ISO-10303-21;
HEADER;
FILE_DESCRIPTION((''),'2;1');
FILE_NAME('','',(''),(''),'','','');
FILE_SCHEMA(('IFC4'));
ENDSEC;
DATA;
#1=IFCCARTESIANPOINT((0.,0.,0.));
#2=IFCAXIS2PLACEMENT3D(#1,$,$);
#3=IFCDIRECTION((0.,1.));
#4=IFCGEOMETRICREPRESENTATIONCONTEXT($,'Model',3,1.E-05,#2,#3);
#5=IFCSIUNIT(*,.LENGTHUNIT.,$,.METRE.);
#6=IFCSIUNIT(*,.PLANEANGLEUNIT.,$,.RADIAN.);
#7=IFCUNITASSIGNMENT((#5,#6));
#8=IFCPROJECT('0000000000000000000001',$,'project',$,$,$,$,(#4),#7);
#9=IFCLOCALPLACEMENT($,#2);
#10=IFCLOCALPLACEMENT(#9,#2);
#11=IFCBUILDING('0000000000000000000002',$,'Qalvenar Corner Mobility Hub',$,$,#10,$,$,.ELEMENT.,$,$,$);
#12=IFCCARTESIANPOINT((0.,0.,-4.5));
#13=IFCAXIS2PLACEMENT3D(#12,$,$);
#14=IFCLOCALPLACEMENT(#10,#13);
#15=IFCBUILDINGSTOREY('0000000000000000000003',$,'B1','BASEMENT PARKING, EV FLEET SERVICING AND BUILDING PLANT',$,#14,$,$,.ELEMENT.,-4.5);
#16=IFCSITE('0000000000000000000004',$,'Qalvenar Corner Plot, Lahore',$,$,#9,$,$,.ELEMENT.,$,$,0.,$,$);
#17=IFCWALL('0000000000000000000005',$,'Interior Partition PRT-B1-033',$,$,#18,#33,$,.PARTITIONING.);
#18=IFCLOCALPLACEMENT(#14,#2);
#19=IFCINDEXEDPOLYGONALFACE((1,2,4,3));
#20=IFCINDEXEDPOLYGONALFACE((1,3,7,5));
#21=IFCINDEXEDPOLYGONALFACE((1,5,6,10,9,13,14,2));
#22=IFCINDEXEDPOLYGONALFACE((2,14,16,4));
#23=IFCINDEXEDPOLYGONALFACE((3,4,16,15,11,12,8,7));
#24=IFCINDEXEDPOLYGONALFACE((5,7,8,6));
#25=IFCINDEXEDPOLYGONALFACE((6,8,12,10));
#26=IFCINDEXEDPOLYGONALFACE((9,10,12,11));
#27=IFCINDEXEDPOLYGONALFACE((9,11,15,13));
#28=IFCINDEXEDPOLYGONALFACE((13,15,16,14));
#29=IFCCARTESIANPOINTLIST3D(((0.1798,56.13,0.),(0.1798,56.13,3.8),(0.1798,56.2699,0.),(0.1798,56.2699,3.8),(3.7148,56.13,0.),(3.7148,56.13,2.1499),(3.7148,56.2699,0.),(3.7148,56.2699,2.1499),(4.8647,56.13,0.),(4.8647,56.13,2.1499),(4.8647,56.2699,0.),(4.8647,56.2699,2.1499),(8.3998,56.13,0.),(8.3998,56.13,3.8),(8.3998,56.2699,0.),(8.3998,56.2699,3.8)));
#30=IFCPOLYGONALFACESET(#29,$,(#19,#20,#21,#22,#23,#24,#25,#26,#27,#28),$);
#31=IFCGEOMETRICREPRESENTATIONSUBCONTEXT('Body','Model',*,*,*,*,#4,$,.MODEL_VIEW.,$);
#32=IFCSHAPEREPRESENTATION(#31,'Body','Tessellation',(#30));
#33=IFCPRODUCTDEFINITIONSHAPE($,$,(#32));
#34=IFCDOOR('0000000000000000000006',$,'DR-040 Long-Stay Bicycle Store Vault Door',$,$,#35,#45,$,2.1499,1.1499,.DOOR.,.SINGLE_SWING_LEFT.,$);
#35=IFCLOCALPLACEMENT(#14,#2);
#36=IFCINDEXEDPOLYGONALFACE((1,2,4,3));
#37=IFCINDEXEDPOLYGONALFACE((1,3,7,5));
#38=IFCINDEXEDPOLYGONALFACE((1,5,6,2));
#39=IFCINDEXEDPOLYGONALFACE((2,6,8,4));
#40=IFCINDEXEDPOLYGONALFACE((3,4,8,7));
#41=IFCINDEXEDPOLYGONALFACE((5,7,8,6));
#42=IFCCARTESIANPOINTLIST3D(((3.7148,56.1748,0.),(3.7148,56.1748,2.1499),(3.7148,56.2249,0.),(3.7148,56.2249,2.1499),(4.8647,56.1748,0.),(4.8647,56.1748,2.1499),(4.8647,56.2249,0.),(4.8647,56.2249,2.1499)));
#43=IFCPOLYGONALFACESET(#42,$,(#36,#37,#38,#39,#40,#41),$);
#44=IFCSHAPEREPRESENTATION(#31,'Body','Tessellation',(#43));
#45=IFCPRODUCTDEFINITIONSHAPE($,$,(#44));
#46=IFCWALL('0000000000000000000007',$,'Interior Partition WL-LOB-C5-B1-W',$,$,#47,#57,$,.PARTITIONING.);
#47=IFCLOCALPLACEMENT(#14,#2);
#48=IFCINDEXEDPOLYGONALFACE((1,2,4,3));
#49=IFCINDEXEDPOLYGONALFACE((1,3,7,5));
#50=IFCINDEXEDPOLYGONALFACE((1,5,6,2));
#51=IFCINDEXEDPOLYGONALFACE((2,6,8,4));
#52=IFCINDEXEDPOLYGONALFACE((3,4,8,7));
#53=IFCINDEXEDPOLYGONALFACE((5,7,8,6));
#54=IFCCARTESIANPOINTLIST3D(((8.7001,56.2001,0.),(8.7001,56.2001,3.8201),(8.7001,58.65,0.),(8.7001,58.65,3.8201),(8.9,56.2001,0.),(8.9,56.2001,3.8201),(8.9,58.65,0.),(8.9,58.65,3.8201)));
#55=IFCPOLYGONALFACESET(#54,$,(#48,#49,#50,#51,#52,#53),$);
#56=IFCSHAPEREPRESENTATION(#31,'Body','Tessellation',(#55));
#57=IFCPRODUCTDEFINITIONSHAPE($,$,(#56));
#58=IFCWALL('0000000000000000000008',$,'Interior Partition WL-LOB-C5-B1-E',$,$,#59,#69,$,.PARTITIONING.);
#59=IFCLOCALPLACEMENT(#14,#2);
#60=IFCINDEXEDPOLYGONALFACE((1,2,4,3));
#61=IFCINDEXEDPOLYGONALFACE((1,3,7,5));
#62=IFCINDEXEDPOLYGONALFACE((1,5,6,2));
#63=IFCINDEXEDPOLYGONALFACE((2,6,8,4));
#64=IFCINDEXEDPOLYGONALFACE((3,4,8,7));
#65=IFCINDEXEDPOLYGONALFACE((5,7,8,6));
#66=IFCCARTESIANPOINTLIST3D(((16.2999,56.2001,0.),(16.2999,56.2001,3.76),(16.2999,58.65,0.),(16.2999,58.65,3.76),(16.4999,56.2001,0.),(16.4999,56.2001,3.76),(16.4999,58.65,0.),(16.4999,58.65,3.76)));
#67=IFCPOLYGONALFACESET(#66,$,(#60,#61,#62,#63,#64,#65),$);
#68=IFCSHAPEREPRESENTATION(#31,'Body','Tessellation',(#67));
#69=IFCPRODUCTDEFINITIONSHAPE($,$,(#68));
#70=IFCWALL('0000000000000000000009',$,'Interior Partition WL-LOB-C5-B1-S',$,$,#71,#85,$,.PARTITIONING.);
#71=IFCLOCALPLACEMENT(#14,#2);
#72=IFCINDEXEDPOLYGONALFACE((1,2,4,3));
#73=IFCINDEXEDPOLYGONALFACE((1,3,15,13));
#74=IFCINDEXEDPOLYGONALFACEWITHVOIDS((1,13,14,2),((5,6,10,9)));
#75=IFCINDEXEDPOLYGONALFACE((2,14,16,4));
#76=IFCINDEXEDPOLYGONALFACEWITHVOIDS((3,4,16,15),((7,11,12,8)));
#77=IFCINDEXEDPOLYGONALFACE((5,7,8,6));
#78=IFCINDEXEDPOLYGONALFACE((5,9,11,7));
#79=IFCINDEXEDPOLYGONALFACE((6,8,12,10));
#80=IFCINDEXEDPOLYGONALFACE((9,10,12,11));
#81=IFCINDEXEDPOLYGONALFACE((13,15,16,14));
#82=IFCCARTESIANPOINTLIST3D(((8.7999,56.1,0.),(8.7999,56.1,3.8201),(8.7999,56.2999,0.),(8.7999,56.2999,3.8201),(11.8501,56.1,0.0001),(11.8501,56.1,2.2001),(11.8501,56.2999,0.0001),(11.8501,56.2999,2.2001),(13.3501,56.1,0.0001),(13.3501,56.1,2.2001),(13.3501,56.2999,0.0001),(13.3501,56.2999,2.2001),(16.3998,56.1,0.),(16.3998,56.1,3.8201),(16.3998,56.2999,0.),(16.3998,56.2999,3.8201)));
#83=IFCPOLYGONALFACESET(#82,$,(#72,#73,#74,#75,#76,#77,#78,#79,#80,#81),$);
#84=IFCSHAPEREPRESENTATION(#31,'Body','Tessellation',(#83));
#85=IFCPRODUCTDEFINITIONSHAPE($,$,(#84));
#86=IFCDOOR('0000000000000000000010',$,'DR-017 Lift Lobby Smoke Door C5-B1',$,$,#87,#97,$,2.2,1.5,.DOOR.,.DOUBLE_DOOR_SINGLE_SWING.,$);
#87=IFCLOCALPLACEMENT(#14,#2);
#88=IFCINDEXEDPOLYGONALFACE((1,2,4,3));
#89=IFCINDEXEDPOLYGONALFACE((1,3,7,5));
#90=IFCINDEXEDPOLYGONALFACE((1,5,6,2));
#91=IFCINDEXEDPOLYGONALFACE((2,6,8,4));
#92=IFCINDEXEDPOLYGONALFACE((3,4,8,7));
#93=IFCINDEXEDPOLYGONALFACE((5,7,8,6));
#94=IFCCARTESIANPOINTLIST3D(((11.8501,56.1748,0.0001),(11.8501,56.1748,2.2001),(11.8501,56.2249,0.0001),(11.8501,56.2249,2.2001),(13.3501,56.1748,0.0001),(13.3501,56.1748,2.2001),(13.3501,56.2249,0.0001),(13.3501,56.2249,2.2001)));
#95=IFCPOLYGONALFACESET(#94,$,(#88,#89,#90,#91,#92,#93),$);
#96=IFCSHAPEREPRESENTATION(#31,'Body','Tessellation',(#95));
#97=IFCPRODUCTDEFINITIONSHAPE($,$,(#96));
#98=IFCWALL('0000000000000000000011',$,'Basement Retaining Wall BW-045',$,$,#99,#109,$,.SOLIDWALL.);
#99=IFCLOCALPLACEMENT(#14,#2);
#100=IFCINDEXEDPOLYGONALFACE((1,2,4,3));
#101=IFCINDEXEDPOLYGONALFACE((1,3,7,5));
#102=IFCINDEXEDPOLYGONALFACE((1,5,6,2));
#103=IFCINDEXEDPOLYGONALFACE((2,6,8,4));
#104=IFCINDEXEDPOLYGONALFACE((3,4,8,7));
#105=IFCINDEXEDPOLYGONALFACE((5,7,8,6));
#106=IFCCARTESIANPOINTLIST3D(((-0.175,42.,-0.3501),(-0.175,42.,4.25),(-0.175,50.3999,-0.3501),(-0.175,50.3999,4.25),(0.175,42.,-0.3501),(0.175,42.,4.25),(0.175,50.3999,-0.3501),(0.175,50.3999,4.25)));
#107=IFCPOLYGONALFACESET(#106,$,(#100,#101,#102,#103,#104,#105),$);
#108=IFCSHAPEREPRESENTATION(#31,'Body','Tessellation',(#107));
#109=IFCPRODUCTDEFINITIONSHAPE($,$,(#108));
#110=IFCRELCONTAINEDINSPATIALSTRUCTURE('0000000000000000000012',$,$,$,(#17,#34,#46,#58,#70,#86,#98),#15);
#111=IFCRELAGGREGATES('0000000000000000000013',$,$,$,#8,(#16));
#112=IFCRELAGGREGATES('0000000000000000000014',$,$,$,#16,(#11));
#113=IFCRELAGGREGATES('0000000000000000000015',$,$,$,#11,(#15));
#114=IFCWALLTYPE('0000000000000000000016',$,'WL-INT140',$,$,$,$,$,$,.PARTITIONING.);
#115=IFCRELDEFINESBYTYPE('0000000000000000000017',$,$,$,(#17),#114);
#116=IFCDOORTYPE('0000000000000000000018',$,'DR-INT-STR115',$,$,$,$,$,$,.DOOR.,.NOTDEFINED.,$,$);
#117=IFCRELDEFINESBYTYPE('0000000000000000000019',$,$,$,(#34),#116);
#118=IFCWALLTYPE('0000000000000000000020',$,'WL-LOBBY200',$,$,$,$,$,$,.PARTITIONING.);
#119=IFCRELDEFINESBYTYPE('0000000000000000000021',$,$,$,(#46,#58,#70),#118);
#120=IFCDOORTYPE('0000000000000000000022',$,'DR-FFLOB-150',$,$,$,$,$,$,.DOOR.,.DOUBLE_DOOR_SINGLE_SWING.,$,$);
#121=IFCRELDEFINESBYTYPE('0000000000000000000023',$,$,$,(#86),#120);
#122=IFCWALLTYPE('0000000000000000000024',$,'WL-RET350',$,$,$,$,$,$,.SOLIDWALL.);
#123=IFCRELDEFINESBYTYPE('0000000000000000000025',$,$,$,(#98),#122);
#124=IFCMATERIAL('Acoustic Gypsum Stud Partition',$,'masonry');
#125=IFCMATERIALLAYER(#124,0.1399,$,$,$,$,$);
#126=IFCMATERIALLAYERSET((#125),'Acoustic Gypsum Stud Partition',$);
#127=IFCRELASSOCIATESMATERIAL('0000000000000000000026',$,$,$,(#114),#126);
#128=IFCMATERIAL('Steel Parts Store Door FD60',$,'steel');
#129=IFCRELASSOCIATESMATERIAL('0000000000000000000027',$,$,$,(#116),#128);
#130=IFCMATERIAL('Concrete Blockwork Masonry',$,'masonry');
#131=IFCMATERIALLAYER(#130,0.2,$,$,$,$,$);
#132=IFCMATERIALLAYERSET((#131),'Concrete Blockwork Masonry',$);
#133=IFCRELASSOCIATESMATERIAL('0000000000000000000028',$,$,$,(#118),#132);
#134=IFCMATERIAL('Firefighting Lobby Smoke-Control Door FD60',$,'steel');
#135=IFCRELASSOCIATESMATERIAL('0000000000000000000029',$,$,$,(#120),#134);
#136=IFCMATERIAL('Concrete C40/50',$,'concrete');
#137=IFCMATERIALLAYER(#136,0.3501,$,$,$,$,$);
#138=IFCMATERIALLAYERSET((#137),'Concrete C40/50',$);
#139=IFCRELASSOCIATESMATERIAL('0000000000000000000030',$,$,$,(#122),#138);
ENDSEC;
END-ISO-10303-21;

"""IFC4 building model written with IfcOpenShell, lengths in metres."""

from ifc_helpers import new_model, si_unit, direction, frame, frame_2d, origin, place, context, subcontext, project, spatial, rectangle, extrude, material, layer, layer_set, type_object, element, fill, save


model = new_model("IFC4")

# Units and contexts
model_context = context("Model", 3, precision=1e-05, world=origin(), true_north=direction((0.0, 1.0)))
body_context = subcontext(model_context, "Body", "Model", "MODEL_VIEW")
ifc_project = project(units=[si_unit("LENGTHUNIT", "METRE"), si_unit("PLANEANGLEUNIT", "RADIAN")], contexts=[model_context])

# Site, building, storey
site_placement = place(None, origin())
site = spatial("IfcSite", under=ifc_project, at=site_placement, Name="Qalvenar Corner Plot, Lahore", CompositionType="ELEMENT", RefElevation=0.0)
building_placement = place(site_placement, origin())
building = spatial("IfcBuilding", under=site, at=building_placement, Name="Qalvenar Corner Mobility Hub", CompositionType="ELEMENT")
storey_placement = place(building_placement, frame((0.0, 0.0, -4.5)))
storey = spatial("IfcBuildingStorey", under=building, at=storey_placement, Name="B1", Description="BASEMENT PARKING, EV FLEET SERVICING AND BUILDING PLANT", CompositionType="ELEMENT", Elevation=-4.5)

# Shared definitions
ifc_material_1 = material(Name="Concrete C40/50", Category="concrete")

# Shared definitions
ifc_material_2 = material(Name="Acoustic Gypsum Stud Partition", Category="masonry")
ifc_layer_1 = layer(ifc_material_2, 0.1399)
ifc_layer_set_1 = layer_set([ifc_layer_1], Name="Acoustic Gypsum Stud Partition")
wall_type_1 = type_object("IfcWallType", Name="WL-INT140", PredefinedType="PARTITIONING", material=ifc_layer_set_1)

# Wall, opening, door
wall_1_placement = place(storey_placement, frame((0.1799, 56.2, 0.0), z_axis=(0.0, 0.0, 1.0), x_axis=(1.0, 0.0, 0.0)))
wall_1 = element("IfcWall", 1, at=wall_1_placement, inside=storey, type_object=wall_type_1, Name="Interior Partition PRT-B1-033", PredefinedType="PARTITIONING", context=body_context, shape_type="SweptSolid", body=[
    extrude(rectangle(XDim=8.22, YDim=0.1399, at=frame_2d((4.1099, 0.0))), origin(), (0.0, 0.0, 1.0), 3.8),
])
opening_1_placement = place(wall_1_placement, frame((3.5349, 0.0, 0.0)))
opening_1 = element("IfcOpeningElement", 2, at=opening_1_placement, cuts=wall_1, PredefinedType="OPENING", context=body_context, shape_type="SweptSolid", body=[
    extrude(rectangle(XDim=1.1499, YDim=2.1499, at=frame_2d((0.575, 1.075))), frame((0.0, 0.0801, 0.0), z_axis=(0.0, -1.0, 0.0), x_axis=(1.0, 0.0, 0.0)), (0.0, 0.0, 1.0), 0.1599),
])
ifc_material_3 = material(Name="Steel Parts Store Door FD60", Category="steel")
door_type_1 = type_object("IfcDoorType", Name="DR-INT-STR115", OperationType="NOTDEFINED", PredefinedType="DOOR", material=ifc_material_3)
door_1_placement = place(opening_1_placement, origin())
door_1 = element("IfcDoor", 3, at=door_1_placement, inside=storey, type_object=door_type_1, Name="DR-040 Long-Stay Bicycle Store Vault Door", OperationType="SINGLE_SWING_LEFT", OverallHeight=2.1499, OverallWidth=1.1499, PredefinedType="DOOR", context=body_context, shape_type="SweptSolid", body=[
    extrude(rectangle(XDim=1.1499, YDim=2.1499, at=frame_2d((0.575, 1.075))), frame((0.0, 0.0249, 0.0), z_axis=(0.0, -1.0, 0.0), x_axis=(1.0, 0.0, 0.0)), (0.0, 0.0, 1.0), 0.05),
])
fill(opening_1, door_1)

# Walls
ifc_material_4 = material(Name="Concrete Blockwork Masonry", Category="masonry")
ifc_layer_2 = layer(ifc_material_4, 0.2)
ifc_layer_set_2 = layer_set([ifc_layer_2], Name="Concrete Blockwork Masonry")
wall_type_2 = type_object("IfcWallType", Name="WL-LOBBY200", PredefinedType="PARTITIONING", material=ifc_layer_set_2)
wall_2_placement = place(storey_placement, frame((8.8, 56.2, 0.0), z_axis=(0.0, 0.0, 1.0), x_axis=(0.0, 1.0, 0.0)))
element("IfcWall", 4, at=wall_2_placement, inside=storey, type_object=wall_type_2, Name="Interior Partition WL-LOB-C5-B1-W", PredefinedType="PARTITIONING", context=body_context, shape_type="SweptSolid", body=[
    extrude(rectangle(XDim=2.45, YDim=0.2, at=frame_2d((1.2251, 0.0))), origin(), (0.0, 0.0, 1.0), 3.8201),
])
wall_3_placement = place(storey_placement, frame((16.3999, 56.2, 0.0), z_axis=(0.0, 0.0, 1.0), x_axis=(0.0, 1.0, 0.0)))
element("IfcWall", 5, at=wall_3_placement, inside=storey, type_object=wall_type_2, Name="Interior Partition WL-LOB-C5-B1-E", PredefinedType="PARTITIONING", context=body_context, shape_type="SweptSolid", body=[
    extrude(rectangle(XDim=2.45, YDim=0.2, at=frame_2d((1.2251, 0.0))), origin(), (0.0, 0.0, 1.0), 3.76),
])

# Wall, opening, door
wall_4_placement = place(storey_placement, frame((8.8, 56.2, 0.0), z_axis=(0.0, 0.0, 1.0), x_axis=(1.0, 0.0, 0.0)))
wall_4 = element("IfcWall", 6, at=wall_4_placement, inside=storey, type_object=wall_type_2, Name="Interior Partition WL-LOB-C5-B1-S", PredefinedType="PARTITIONING", context=body_context, shape_type="SweptSolid", body=[
    extrude(rectangle(XDim=7.5999, YDim=0.2, at=frame_2d((3.7998, 0.0))), origin(), (0.0, 0.0, 1.0), 3.8201),
])
opening_2_placement = place(wall_4_placement, frame((3.05, 0.0, 0.0)))
opening_2 = element("IfcOpeningElement", 7, at=opening_2_placement, cuts=wall_4, PredefinedType="OPENING", context=body_context, shape_type="SweptSolid", body=[
    extrude(rectangle(XDim=1.5, YDim=2.2, at=frame_2d((0.75, 1.1001))), frame((0.0, 0.1099, 0.0), z_axis=(0.0, -1.0, 0.0), x_axis=(1.0, 0.0, 0.0)), (0.0, 0.0, 1.0), 0.22),
])
ifc_material_5 = material(Name="Firefighting Lobby Smoke-Control Door FD60", Category="steel")
door_type_2 = type_object("IfcDoorType", Name="DR-FFLOB-150", OperationType="DOUBLE_DOOR_SINGLE_SWING", PredefinedType="DOOR", material=ifc_material_5)
door_2_placement = place(opening_2_placement, origin())
door_2 = element("IfcDoor", 8, at=door_2_placement, inside=storey, type_object=door_type_2, Name="DR-017 Lift Lobby Smoke Door C5-B1", OperationType="DOUBLE_DOOR_SINGLE_SWING", OverallHeight=2.2, OverallWidth=1.5, PredefinedType="DOOR", context=body_context, shape_type="SweptSolid", body=[
    extrude(rectangle(XDim=1.5, YDim=2.2, at=frame_2d((0.75, 1.1001))), frame((0.0, 0.0249, 0.0), z_axis=(0.0, -1.0, 0.0), x_axis=(1.0, 0.0, 0.0)), (0.0, 0.0, 1.0), 0.05),
])
fill(opening_2, door_2)

# Wall
ifc_layer_3 = layer(ifc_material_1, 0.3501)
ifc_layer_set_3 = layer_set([ifc_layer_3], Name="Concrete C40/50")
wall_type_3 = type_object("IfcWallType", Name="WL-RET350", PredefinedType="SOLIDWALL", material=ifc_layer_set_3)
wall_5_placement = place(storey_placement, frame((0.0, 50.3999, -0.3501), z_axis=(0.0, 0.0, 1.0), x_axis=(0.0, -1.0, 0.0)))
element("IfcWall", 9, at=wall_5_placement, inside=storey, type_object=wall_type_3, Name="Basement Retaining Wall BW-045", PredefinedType="SOLIDWALL", context=body_context, shape_type="SweptSolid", body=[
    extrude(rectangle(XDim=8.3999, YDim=0.3501, at=frame_2d((4.2, 0.0))), origin(), (0.0, 0.0, 1.0), 4.6001),
])

save(model, "model.ifc")
